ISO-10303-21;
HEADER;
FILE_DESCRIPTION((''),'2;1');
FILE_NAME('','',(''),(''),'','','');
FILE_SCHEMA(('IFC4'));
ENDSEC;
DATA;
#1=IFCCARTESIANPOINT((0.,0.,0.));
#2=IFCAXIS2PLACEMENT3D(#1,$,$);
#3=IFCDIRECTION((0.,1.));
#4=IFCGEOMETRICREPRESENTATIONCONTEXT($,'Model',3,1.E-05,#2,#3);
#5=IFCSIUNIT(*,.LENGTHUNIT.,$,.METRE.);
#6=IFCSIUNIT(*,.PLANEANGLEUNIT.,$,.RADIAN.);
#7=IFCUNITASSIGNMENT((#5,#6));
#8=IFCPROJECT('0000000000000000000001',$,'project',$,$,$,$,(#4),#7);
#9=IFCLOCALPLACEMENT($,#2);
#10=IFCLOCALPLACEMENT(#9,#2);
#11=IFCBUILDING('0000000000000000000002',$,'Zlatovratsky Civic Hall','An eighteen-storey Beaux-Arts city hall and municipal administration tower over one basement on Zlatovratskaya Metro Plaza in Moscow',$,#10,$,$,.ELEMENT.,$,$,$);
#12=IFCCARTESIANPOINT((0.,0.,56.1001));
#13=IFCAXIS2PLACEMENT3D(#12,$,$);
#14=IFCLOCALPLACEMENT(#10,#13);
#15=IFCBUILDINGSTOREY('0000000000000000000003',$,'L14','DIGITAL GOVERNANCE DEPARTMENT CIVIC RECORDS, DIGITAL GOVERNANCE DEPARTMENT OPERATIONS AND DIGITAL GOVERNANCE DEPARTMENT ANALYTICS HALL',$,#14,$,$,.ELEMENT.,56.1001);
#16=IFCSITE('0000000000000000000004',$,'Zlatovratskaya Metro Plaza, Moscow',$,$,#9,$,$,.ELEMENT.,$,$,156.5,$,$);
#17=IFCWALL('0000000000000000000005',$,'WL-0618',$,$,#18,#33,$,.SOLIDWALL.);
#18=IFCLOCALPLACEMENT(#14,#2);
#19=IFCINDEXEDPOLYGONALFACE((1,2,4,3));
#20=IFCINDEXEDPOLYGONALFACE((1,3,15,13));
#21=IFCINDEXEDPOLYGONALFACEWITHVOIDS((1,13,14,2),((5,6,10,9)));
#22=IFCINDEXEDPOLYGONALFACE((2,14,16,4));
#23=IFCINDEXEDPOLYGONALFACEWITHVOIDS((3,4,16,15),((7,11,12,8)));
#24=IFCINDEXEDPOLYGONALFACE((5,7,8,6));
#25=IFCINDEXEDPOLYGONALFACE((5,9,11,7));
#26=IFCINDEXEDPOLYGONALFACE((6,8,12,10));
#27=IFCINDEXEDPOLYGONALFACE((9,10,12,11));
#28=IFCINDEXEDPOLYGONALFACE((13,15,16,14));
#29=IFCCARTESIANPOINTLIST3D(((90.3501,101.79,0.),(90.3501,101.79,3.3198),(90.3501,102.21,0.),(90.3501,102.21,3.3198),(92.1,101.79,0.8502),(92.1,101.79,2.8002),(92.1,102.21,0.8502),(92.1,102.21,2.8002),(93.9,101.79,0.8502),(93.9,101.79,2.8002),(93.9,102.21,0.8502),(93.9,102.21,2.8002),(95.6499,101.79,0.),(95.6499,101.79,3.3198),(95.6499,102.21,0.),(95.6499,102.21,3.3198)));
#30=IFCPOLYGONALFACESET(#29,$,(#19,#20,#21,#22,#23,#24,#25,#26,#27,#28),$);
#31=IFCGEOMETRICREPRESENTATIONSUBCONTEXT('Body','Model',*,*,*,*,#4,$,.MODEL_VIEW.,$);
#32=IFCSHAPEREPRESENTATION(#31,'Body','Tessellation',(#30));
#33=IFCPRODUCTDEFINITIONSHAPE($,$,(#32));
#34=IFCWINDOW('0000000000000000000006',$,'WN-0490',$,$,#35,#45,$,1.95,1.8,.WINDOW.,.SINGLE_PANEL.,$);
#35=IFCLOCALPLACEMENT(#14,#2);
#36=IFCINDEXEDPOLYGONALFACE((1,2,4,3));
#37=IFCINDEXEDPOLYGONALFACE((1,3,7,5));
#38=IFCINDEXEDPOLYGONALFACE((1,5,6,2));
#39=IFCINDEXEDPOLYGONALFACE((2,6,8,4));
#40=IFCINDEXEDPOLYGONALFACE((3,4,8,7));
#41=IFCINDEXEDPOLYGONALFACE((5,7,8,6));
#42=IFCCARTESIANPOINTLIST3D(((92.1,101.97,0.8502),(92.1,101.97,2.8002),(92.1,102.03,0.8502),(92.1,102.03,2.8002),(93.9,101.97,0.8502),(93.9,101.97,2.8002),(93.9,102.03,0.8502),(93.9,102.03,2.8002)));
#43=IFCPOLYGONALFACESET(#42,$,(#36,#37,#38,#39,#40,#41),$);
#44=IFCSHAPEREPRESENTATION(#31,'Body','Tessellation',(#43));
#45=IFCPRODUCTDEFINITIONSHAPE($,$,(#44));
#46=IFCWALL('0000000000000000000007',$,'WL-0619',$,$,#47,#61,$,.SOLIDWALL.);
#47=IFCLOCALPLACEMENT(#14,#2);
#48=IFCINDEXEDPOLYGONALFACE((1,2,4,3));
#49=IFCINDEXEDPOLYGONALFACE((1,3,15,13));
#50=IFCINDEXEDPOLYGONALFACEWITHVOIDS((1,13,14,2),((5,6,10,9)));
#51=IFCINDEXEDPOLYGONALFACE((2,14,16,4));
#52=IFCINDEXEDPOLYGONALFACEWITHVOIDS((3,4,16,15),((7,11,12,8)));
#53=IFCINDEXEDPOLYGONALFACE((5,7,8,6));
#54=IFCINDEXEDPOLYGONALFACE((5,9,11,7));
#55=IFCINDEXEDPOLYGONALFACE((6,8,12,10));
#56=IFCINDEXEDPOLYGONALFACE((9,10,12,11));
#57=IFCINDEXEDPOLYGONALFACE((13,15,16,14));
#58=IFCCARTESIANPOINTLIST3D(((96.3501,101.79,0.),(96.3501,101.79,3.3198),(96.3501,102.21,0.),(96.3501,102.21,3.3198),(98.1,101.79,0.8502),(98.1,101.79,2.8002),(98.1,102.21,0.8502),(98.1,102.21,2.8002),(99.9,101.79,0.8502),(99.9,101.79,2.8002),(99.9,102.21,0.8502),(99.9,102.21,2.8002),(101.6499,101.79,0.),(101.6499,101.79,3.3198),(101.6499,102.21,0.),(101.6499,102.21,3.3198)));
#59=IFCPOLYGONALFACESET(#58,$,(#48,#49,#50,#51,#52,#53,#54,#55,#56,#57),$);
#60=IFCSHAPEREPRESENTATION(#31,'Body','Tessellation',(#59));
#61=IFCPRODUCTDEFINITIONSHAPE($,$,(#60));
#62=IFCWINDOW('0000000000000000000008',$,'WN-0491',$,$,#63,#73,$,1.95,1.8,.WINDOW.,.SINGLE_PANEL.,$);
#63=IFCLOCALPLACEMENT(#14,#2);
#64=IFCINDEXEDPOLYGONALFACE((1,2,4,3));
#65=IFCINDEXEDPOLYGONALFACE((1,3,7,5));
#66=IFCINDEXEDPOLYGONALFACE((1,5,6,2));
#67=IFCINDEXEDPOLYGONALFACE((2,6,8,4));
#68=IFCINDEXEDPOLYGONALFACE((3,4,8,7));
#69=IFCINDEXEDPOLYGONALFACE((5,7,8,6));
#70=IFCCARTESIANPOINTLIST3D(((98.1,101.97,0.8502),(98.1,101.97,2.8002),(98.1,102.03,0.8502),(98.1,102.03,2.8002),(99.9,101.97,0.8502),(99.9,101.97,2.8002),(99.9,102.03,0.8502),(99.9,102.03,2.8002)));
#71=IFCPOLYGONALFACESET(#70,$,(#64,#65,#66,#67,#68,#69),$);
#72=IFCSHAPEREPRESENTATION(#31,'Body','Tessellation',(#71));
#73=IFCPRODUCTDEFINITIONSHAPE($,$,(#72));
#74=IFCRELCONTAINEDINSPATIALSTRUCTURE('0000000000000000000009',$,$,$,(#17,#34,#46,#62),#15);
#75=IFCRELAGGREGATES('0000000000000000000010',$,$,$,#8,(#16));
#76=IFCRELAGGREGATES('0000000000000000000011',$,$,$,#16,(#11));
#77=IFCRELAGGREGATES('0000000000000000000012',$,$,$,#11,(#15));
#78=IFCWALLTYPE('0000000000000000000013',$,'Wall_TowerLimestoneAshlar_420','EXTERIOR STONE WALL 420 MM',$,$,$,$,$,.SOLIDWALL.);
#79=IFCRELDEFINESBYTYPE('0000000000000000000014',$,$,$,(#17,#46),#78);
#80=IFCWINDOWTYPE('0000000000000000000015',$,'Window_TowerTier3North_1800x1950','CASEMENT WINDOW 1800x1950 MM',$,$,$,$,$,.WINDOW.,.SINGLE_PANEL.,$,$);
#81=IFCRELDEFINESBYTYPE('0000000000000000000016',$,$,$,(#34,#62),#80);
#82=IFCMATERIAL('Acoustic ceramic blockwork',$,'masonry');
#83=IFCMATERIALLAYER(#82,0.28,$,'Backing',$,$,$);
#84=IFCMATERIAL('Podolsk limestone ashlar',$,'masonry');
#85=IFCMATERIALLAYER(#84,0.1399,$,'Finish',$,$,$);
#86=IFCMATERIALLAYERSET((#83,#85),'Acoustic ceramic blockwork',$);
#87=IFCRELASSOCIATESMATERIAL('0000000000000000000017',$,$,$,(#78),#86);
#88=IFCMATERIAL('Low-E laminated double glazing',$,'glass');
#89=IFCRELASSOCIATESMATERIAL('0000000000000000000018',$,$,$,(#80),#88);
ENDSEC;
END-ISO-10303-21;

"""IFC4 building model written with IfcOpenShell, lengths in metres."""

from ifc_helpers import new_model, si_unit, direction, frame, frame_2d, origin, place, context, subcontext, project, spatial, rectangle, extrude, material, layer, layer_set, type_object, element, fill, save


model = new_model("IFC4")

# Units and contexts
model_context = context("Model", 3, precision=1e-05, world=origin(), true_north=direction((0.0, 1.0)))
body_context = subcontext(model_context, "Body", "Model", "MODEL_VIEW")
ifc_project = project(units=[si_unit("LENGTHUNIT", "METRE"), si_unit("PLANEANGLEUNIT", "RADIAN")], contexts=[model_context])

# Site, building, storey
site_placement = place(None, origin())
site = spatial("IfcSite", under=ifc_project, at=site_placement, Name="Zlatovratskaya Metro Plaza, Moscow", CompositionType="ELEMENT", RefElevation=156.5)
building_placement = place(site_placement, origin())
building = spatial("IfcBuilding", under=site, at=building_placement, Name="Zlatovratsky Civic Hall", Description="An eighteen-storey Beaux-Arts city hall and municipal administration tower over one basement on Zlatovratskaya Metro Plaza in Moscow", CompositionType="ELEMENT")
storey_placement = place(building_placement, frame((0.0, 0.0, 56.1001)))
storey = spatial("IfcBuildingStorey", under=building, at=storey_placement, Name="L14", Description="DIGITAL GOVERNANCE DEPARTMENT CIVIC RECORDS, DIGITAL GOVERNANCE DEPARTMENT OPERATIONS AND DIGITAL GOVERNANCE DEPARTMENT ANALYTICS HALL", CompositionType="ELEMENT", Elevation=56.1001)

# Shared definitions
ifc_material_1 = material(Name="Acoustic ceramic blockwork", Category="masonry")

# Walls, openings, windows
ifc_layer_1 = layer(ifc_material_1, 0.28, Name="Backing")
ifc_material_2 = material(Name="Podolsk limestone ashlar", Category="masonry")
ifc_layer_2 = layer(ifc_material_2, 0.1399, Name="Finish")
ifc_layer_set_1 = layer_set([ifc_layer_1, ifc_layer_2], Name="Acoustic ceramic blockwork")
wall_type_1 = type_object("IfcWallType", Name="Wall_TowerLimestoneAshlar_420", Description="EXTERIOR STONE WALL 420 MM", PredefinedType="SOLIDWALL", material=ifc_layer_set_1)
wall_1_placement = place(storey_placement, frame((90.3501, 102.0, 0.0), z_axis=(0.0, 0.0, 1.0), x_axis=(1.0, 0.0, 0.0)))
wall_1 = element("IfcWall", 1, at=wall_1_placement, inside=storey, type_object=wall_type_1, Name="WL-0618", PredefinedType="SOLIDWALL", context=body_context, shape_type="SweptSolid", body=[
    extrude(rectangle(XDim=5.2998, YDim=0.4199, at=frame_2d((2.6499, 0.0))), origin(), (0.0, 0.0, 1.0), 3.3198),
])
opening_1_placement = place(wall_1_placement, frame((1.75, 0.0, 0.8501)))
opening_1 = element("IfcOpeningElement", 2, at=opening_1_placement, cuts=wall_1, PredefinedType="OPENING", context=body_context, shape_type="SweptSolid", body=[
    extrude(rectangle(XDim=1.8, YDim=1.95, at=frame_2d((0.8999, 0.9751))), frame((0.0, 0.2249, 0.0), z_axis=(0.0, -1.0, 0.0), x_axis=(1.0, 0.0, 0.0)), (0.0, 0.0, 1.0), 0.4497),
])
ifc_material_3 = material(Name="Low-E laminated double glazing", Category="glass")
window_type = type_object("IfcWindowType", Name="Window_TowerTier3North_1800x1950", Description="CASEMENT WINDOW 1800x1950 MM", PartitioningType="SINGLE_PANEL", PredefinedType="WINDOW", material=ifc_material_3)
window_1_placement = place(opening_1_placement, origin())
window_1 = element("IfcWindow", 3, at=window_1_placement, inside=storey, type_object=window_type, Name="WN-0490", OverallHeight=1.95, OverallWidth=1.8, PartitioningType="SINGLE_PANEL", PredefinedType="WINDOW", context=body_context, shape_type="SweptSolid", body=[
    extrude(rectangle(XDim=1.8, YDim=1.95, at=frame_2d((0.8999, 0.9751))), frame((0.0, 0.03, 0.0), z_axis=(0.0, -1.0, 0.0), x_axis=(1.0, 0.0, 0.0)), (0.0, 0.0, 1.0), 0.0601),
])
fill(opening_1, window_1)
wall_2_placement = place(storey_placement, frame((96.3501, 102.0, 0.0), z_axis=(0.0, 0.0, 1.0), x_axis=(1.0, 0.0, 0.0)))
wall_2 = element("IfcWall", 4, at=wall_2_placement, inside=storey, type_object=wall_type_1, Name="WL-0619", PredefinedType="SOLIDWALL", context=body_context, shape_type="SweptSolid", body=[
    extrude(rectangle(XDim=5.2998, YDim=0.4199, at=frame_2d((2.6499, 0.0))), origin(), (0.0, 0.0, 1.0), 3.3198),
])
opening_2_placement = place(wall_2_placement, frame((1.75, 0.0, 0.8501)))
opening_2 = element("IfcOpeningElement", 5, at=opening_2_placement, cuts=wall_2, PredefinedType="OPENING", context=body_context, shape_type="SweptSolid", body=[
    extrude(rectangle(XDim=1.8, YDim=1.95, at=frame_2d((0.8999, 0.9751))), frame((0.0, 0.2249, 0.0), z_axis=(0.0, -1.0, 0.0), x_axis=(1.0, 0.0, 0.0)), (0.0, 0.0, 1.0), 0.4497),
])
window_2_placement = place(opening_2_placement, origin())
window_2 = element("IfcWindow", 6, at=window_2_placement, inside=storey, type_object=window_type, Name="WN-0491", OverallHeight=1.95, OverallWidth=1.8, PartitioningType="SINGLE_PANEL", PredefinedType="WINDOW", context=body_context, shape_type="SweptSolid", body=[
    extrude(rectangle(XDim=1.8, YDim=1.95, at=frame_2d((0.8999, 0.9751))), frame((0.0, 0.03, 0.0), z_axis=(0.0, -1.0, 0.0), x_axis=(1.0, 0.0, 0.0)), (0.0, 0.0, 1.0), 0.0601),
])
fill(opening_2, window_2)

save(model, "model.ifc")
